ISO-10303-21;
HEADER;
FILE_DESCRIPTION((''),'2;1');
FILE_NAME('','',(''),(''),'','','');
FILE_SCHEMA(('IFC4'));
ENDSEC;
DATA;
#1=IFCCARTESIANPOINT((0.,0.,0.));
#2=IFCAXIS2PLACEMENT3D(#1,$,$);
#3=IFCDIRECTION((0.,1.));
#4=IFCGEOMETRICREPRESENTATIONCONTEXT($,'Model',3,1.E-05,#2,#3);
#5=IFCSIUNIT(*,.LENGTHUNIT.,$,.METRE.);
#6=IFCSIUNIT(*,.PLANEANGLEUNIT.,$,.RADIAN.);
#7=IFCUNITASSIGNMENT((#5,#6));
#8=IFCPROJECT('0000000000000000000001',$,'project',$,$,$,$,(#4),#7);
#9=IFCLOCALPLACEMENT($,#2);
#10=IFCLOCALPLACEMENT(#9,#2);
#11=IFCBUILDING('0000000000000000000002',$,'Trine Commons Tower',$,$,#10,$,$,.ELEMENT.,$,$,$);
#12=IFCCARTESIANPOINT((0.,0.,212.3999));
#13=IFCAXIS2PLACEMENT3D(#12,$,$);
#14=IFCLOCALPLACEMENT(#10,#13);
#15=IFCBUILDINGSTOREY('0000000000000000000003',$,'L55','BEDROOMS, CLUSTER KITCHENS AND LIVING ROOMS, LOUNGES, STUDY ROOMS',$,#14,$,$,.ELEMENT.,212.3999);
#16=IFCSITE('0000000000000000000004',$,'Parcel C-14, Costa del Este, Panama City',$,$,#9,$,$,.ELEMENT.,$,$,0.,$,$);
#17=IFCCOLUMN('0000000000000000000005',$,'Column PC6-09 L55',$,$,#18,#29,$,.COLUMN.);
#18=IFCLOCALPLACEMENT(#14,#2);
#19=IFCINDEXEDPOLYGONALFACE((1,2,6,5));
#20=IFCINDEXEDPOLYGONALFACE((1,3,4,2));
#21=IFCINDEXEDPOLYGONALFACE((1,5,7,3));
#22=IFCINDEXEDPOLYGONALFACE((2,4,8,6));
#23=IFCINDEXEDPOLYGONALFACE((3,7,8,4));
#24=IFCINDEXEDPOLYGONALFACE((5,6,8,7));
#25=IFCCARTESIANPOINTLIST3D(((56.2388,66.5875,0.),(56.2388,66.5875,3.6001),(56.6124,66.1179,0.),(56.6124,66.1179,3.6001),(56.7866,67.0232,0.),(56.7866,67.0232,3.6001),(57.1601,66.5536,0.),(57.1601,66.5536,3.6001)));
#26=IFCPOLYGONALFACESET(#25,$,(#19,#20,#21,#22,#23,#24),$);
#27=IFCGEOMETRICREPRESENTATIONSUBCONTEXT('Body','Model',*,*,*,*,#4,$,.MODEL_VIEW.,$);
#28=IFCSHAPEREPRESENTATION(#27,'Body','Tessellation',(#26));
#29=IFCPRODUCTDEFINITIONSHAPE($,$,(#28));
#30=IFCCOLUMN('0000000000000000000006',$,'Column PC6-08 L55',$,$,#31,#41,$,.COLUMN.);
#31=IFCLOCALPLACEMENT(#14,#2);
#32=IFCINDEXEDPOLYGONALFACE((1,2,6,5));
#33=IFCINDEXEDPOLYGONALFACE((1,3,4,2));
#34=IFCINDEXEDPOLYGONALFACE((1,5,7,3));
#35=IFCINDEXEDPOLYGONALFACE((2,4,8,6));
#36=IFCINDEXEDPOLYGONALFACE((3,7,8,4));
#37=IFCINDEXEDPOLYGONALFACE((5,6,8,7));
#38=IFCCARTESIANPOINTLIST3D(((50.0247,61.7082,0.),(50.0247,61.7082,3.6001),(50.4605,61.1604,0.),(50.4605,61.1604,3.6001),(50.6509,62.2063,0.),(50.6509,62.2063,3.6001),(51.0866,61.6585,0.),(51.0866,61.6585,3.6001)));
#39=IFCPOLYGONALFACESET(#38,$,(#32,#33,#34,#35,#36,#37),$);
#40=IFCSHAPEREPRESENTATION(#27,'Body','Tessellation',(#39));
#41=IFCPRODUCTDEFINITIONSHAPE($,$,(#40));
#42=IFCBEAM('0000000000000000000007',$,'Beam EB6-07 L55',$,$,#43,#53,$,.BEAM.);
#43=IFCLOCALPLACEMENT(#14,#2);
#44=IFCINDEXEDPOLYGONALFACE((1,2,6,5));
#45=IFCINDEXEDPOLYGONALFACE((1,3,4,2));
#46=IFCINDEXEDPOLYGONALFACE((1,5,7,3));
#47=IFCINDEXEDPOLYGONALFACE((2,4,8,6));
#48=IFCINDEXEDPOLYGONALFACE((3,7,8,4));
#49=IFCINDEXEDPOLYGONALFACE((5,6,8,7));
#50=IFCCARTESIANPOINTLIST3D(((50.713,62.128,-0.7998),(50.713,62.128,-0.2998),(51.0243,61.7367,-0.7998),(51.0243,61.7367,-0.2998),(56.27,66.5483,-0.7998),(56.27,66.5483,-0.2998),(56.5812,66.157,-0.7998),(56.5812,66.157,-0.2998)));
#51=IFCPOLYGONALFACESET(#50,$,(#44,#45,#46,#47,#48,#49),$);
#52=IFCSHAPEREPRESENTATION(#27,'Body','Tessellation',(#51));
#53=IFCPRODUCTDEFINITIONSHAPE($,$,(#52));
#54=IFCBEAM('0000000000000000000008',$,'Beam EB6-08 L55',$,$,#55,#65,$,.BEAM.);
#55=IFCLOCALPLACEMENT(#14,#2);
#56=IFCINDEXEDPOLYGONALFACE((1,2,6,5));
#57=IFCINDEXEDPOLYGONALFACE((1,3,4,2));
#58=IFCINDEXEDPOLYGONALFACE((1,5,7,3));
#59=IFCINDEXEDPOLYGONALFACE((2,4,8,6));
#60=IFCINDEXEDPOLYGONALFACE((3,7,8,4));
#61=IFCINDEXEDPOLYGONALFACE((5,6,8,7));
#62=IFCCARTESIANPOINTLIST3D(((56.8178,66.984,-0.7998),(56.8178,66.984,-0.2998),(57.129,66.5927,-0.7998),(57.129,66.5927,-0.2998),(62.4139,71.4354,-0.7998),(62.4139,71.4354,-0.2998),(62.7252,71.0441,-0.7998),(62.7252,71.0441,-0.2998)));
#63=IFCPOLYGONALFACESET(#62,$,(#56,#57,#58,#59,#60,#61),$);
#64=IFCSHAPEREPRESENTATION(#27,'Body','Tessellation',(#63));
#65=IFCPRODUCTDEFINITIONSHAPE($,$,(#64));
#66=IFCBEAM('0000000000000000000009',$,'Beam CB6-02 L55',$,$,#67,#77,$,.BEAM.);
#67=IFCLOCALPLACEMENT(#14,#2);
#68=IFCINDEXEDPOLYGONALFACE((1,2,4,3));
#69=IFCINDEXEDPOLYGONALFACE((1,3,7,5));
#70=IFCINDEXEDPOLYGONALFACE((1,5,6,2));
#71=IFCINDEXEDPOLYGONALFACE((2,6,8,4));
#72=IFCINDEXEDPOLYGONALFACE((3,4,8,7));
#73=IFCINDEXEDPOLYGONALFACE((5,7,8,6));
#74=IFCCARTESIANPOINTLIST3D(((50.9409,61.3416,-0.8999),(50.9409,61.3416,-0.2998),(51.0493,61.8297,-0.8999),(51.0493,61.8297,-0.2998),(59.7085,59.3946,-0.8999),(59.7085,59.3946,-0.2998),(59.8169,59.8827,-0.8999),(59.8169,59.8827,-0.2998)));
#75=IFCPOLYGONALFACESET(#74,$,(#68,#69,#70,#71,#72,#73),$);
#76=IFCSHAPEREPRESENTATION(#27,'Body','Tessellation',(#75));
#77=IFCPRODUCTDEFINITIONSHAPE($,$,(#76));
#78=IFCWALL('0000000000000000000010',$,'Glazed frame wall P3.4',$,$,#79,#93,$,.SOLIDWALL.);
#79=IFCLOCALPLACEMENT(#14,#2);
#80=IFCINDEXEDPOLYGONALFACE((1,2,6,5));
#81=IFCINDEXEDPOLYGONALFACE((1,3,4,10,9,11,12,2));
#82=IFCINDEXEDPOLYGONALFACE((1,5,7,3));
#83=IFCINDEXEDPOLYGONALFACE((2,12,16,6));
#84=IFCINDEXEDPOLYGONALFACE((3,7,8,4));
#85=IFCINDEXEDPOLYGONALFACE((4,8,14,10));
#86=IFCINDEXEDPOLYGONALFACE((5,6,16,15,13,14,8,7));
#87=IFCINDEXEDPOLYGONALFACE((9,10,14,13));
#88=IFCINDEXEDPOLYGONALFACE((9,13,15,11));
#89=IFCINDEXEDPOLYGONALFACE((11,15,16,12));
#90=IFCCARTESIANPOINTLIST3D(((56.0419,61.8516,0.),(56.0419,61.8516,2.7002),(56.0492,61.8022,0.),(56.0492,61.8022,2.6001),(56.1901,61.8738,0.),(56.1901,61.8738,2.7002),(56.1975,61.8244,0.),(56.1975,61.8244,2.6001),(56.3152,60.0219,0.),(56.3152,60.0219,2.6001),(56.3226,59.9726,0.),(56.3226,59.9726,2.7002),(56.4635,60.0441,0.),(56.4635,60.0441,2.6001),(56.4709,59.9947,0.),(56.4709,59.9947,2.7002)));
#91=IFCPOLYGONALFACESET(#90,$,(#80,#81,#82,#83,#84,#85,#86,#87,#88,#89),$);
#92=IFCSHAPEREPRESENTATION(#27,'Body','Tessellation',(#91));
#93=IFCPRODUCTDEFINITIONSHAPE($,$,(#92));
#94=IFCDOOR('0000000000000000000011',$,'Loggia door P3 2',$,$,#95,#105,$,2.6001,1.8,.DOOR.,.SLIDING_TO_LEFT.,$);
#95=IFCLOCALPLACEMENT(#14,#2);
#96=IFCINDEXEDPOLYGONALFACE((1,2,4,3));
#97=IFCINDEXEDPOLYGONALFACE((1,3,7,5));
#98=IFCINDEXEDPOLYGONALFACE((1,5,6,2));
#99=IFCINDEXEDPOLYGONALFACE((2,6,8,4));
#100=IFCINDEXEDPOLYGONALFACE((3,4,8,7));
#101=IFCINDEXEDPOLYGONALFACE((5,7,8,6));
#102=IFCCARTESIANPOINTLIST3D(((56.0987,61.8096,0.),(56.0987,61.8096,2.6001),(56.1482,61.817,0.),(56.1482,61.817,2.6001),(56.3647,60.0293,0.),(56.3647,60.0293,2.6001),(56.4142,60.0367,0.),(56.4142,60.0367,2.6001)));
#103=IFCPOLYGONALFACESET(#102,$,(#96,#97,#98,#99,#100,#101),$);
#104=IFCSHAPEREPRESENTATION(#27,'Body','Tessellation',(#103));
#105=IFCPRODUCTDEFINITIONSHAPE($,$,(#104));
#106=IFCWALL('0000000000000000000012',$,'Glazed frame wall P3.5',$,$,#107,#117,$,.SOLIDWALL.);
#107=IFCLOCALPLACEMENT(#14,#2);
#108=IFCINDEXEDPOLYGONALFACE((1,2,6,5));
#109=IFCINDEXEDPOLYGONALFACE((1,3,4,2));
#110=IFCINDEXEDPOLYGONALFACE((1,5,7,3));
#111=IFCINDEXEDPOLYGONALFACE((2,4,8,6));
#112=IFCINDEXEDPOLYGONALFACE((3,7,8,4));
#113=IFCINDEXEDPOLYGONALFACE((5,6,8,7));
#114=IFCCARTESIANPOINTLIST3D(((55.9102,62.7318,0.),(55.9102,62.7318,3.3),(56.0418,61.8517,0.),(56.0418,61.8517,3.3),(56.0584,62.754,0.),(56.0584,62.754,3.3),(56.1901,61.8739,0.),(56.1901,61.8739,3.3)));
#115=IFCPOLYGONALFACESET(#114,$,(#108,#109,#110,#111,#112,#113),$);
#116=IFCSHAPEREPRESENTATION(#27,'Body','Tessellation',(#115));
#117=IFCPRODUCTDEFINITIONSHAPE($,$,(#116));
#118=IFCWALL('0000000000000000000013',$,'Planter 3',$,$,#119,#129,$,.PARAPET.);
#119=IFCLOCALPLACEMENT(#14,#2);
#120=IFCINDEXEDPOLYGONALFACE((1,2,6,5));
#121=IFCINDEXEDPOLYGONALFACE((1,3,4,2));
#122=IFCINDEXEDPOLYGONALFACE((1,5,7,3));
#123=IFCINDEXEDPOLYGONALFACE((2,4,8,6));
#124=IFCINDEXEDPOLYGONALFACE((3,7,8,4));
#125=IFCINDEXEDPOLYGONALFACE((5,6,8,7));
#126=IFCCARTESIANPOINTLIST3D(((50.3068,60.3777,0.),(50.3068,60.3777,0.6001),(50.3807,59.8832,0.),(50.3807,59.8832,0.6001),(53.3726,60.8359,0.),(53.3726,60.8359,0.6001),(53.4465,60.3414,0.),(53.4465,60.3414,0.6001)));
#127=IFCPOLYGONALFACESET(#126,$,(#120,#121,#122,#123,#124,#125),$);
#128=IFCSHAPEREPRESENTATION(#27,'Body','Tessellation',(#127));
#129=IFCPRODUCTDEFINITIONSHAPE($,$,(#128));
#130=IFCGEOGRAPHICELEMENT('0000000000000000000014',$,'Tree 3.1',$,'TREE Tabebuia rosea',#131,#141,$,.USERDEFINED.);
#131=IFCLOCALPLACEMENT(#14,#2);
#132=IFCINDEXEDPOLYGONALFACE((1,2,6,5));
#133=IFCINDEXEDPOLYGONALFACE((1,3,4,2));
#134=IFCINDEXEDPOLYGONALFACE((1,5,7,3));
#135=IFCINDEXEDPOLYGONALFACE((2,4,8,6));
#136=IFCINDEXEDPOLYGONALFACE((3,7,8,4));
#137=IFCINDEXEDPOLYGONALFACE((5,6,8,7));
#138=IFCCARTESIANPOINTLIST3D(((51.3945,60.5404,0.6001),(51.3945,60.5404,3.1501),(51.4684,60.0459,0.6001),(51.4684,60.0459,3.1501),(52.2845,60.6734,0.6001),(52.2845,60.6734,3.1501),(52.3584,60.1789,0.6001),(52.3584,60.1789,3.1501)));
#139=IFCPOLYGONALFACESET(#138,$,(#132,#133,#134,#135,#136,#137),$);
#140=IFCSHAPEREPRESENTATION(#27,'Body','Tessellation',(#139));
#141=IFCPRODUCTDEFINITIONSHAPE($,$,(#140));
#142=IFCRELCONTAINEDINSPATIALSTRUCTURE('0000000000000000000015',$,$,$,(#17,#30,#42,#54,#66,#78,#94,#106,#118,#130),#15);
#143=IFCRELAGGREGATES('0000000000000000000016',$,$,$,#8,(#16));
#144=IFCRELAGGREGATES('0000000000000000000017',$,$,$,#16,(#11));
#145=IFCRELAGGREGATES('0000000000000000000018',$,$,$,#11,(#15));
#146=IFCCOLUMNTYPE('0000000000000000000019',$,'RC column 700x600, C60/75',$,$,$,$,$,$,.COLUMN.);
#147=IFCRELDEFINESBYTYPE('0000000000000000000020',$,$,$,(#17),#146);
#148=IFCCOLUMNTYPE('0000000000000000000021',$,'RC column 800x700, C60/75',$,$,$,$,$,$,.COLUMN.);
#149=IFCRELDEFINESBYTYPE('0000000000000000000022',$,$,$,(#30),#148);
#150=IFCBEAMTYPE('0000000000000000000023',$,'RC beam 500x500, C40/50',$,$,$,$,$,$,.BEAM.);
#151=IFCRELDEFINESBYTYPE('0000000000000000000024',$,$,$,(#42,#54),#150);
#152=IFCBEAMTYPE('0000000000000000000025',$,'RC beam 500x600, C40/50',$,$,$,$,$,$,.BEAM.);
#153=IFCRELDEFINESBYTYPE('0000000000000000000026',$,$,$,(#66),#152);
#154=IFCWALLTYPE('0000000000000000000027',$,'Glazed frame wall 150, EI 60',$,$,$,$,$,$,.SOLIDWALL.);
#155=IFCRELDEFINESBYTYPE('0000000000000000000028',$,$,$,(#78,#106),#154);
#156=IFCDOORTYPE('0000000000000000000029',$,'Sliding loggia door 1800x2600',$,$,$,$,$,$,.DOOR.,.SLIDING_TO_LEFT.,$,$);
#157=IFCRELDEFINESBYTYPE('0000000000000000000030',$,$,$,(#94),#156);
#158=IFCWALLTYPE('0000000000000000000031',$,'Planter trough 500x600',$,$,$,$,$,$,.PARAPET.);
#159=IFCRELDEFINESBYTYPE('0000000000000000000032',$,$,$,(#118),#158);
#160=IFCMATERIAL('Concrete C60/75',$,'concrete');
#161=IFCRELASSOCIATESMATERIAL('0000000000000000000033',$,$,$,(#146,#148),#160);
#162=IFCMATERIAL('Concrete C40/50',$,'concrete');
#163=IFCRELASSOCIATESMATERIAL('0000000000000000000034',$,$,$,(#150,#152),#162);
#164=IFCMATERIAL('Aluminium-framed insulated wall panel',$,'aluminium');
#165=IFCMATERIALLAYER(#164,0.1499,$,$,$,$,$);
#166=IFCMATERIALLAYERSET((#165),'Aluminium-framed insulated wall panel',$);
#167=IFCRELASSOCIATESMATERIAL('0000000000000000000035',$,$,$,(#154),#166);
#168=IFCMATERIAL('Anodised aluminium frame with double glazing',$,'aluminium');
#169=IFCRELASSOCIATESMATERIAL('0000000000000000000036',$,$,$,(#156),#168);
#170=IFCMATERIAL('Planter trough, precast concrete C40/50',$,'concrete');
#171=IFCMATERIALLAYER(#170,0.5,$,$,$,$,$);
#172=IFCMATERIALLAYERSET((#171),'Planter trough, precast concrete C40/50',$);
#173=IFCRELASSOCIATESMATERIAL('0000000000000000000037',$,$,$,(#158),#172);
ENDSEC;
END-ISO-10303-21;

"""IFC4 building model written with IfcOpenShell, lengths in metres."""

from ifc_helpers import new_model, si_unit, direction, frame, frame_2d, origin, origin_2d, place, context, subcontext, project, spatial, polyline, rectangle, outline, extrude, material, layer, layer_set, material_profile, profile_set, type_object, element, fill, save


model = new_model("IFC4")

# Units and contexts
model_context = context("Model", 3, precision=1e-05, world=origin(), true_north=direction((0.0, 1.0)))
body_context = subcontext(model_context, "Body", "Model", "MODEL_VIEW")
ifc_project = project(units=[si_unit("LENGTHUNIT", "METRE"), si_unit("PLANEANGLEUNIT", "RADIAN")], contexts=[model_context])

# Site, building, storey
site_placement = place(None, origin())
site = spatial("IfcSite", under=ifc_project, at=site_placement, Name="Parcel C-14, Costa del Este, Panama City", CompositionType="ELEMENT", RefElevation=0.0)
building_placement = place(site_placement, origin())
building = spatial("IfcBuilding", under=site, at=building_placement, Name="Trine Commons Tower", CompositionType="ELEMENT")
storey_placement = place(building_placement, frame((0.0, 0.0, 212.3999)))
storey = spatial("IfcBuildingStorey", under=building, at=storey_placement, Name="L55", Description="BEDROOMS, CLUSTER KITCHENS AND LIVING ROOMS, LOUNGES, STUDY ROOMS", CompositionType="ELEMENT", Elevation=212.3999)

# Columns
ifc_material_1 = material(Name="Concrete C60/75", Category="concrete")
ifc_material_profile_1 = material_profile(ifc_material_1, rectangle(XDim=0.7, YDim=0.6001, at=origin_2d()), Name="RC 700x600")
ifc_profile_set_1 = profile_set([ifc_material_profile_1], Name="Concrete C60/75")
column_type_1 = type_object("IfcColumnType", Name="RC column 700x600, C60/75", PredefinedType="COLUMN", material=ifc_profile_set_1)
column_1_placement = place(storey_placement, frame((56.6995, 66.5706, 0.0), z_axis=(0.0, 0.0, 1.0), x_axis=(0.782608, 0.622515, 0.0)))
element("IfcColumn", 1, at=column_1_placement, inside=storey, type_object=column_type_1, Name="Column PC6-09 L55", PredefinedType="COLUMN", context=body_context, shape_type="SweptSolid", body=[
    extrude(rectangle(XDim=0.7, YDim=0.6001, at=origin_2d()), origin(), (0.0, 0.0, 1.0), 3.6001),
])
ifc_material_profile_2 = material_profile(ifc_material_1, rectangle(XDim=0.8, YDim=0.7, at=origin_2d()), Name="RC 800x700")
ifc_profile_set_2 = profile_set([ifc_material_profile_2], Name="Concrete C60/75")
column_type_2 = type_object("IfcColumnType", Name="RC column 800x700, C60/75", PredefinedType="COLUMN", material=ifc_profile_set_2)
column_2_placement = place(storey_placement, frame((50.5557, 61.6833, 0.0), z_axis=(0.0, 0.0, 1.0), x_axis=(0.782608, 0.622515, 0.0)))
element("IfcColumn", 2, at=column_2_placement, inside=storey, type_object=column_type_2, Name="Column PC6-08 L55", PredefinedType="COLUMN", context=body_context, shape_type="SweptSolid", body=[
    extrude(rectangle(XDim=0.8, YDim=0.7, at=origin_2d()), origin(), (0.0, 0.0, 1.0), 3.6001),
])

# Beams
ifc_material_2 = material(Name="Concrete C40/50", Category="concrete")
ifc_material_profile_3 = material_profile(ifc_material_2, rectangle(XDim=0.5, YDim=0.5, at=origin_2d()), Name="RC 500x500")
ifc_profile_set_3 = profile_set([ifc_material_profile_3], Name="Concrete C40/50")
beam_type_1 = type_object("IfcBeamType", Name="RC beam 500x500, C40/50", PredefinedType="BEAM", material=ifc_profile_set_3)
beam_1_placement = place(storey_placement, frame((50.8687, 61.9324, -0.5498), z_axis=(0.782607, 0.622516, 0.0), x_axis=(-0.622516, 0.782607, 0.0)))
element("IfcBeam", 3, at=beam_1_placement, inside=storey, type_object=beam_type_1, Name="Beam EB6-07 L55", PredefinedType="BEAM", context=body_context, shape_type="SweptSolid", body=[
    extrude(rectangle(XDim=0.5, YDim=0.5, at=origin_2d()), origin(), (0.0, 0.0, 1.0), 7.1006),
])
beam_2_placement = place(storey_placement, frame((56.9734, 66.7883, -0.5498), z_axis=(0.782608, 0.622515, 0.0), x_axis=(-0.622515, 0.782608, 0.0)))
element("IfcBeam", 4, at=beam_2_placement, inside=storey, type_object=beam_type_1, Name="Beam EB6-08 L55", PredefinedType="BEAM", context=body_context, shape_type="SweptSolid", body=[
    extrude(rectangle(XDim=0.5, YDim=0.5, at=origin_2d()), origin(), (0.0, 0.0, 1.0), 7.1506),
])
ifc_material_profile_4 = material_profile(ifc_material_2, rectangle(XDim=0.5, YDim=0.6001, at=origin_2d()), Name="RC 500x600")
ifc_profile_set_4 = profile_set([ifc_material_profile_4], Name="Concrete C40/50")
beam_type_2 = type_object("IfcBeamType", Name="RC beam 500x600, C40/50", PredefinedType="BEAM", material=ifc_profile_set_4)
beam_3_placement = place(storey_placement, frame((50.9951, 61.5857, -0.5999), z_axis=(0.976218, -0.216789, 0.0), x_axis=(0.216789, 0.976218, 0.0)))
element("IfcBeam", 5, at=beam_3_placement, inside=storey, type_object=beam_type_2, Name="Beam CB6-02 L55", PredefinedType="BEAM", context=body_context, shape_type="SweptSolid", body=[
    extrude(rectangle(XDim=0.5, YDim=0.6001, at=origin_2d()), origin(), (0.0, 0.0, 1.0), 8.9812),
])

# Shared definitions
ifc_material_3 = material(Name="Aluminium-framed insulated wall panel", Category="aluminium")
ifc_layer_1 = layer(ifc_material_3, 0.1499)
ifc_layer_set_1 = layer_set([ifc_layer_1], Name="Aluminium-framed insulated wall panel")
wall_type_1 = type_object("IfcWallType", Name="Glazed frame wall 150, EI 60", PredefinedType="SOLIDWALL", material=ifc_layer_set_1)
ifc_material_4 = material(Name="Anodised aluminium frame with double glazing", Category="aluminium")
door_type = type_object("IfcDoorType", Name="Sliding loggia door 1800x2600", OperationType="SLIDING_TO_LEFT", PredefinedType="DOOR", material=ifc_material_4)

# Wall, opening, door
wall_1_placement = place(storey_placement, frame((56.3967, 59.9836, 0.0), z_axis=(0.0, 0.0, 1.0), x_axis=(-0.147769, 0.989022, 0.0)))
wall_1 = element("IfcWall", 6, at=wall_1_placement, inside=storey, type_object=wall_type_1, Name="Glazed frame wall P3.4", PredefinedType="SOLIDWALL", context=body_context, shape_type="SweptSolid", body=[
    extrude(outline(polyline([(0.0, -0.075), (1.8999, -0.075), (1.8999, 0.075), (0.0, 0.075), (0.0, -0.075)])), origin(), (0.0, 0.0, 1.0), 2.7002),
])
opening_1_placement = place(wall_1_placement, frame((0.05, 0.0, 0.0)))
opening_1 = element("IfcOpeningElement", 7, at=opening_1_placement, cuts=wall_1, PredefinedType="OPENING", context=body_context, shape_type="SweptSolid", body=[
    extrude(rectangle(XDim=1.8, YDim=2.6001, at=frame_2d((0.8999, 1.3))), frame((0.0, 0.085, 0.0), z_axis=(0.0, -1.0, 0.0), x_axis=(1.0, 0.0, 0.0)), (0.0, 0.0, 1.0), 0.1699),
])
door_1_placement = place(opening_1_placement, origin())
door_1 = element("IfcDoor", 8, at=door_1_placement, inside=storey, type_object=door_type, Name="Loggia door P3 2", OperationType="SLIDING_TO_LEFT", OverallHeight=2.6001, OverallWidth=1.8, PredefinedType="DOOR", context=body_context, shape_type="SweptSolid", body=[
    extrude(rectangle(XDim=1.8, YDim=2.6001, at=frame_2d((0.8999, 1.3))), frame((0.0, 0.0249, 0.0), z_axis=(0.0, -1.0, 0.0), x_axis=(1.0, 0.0, 0.0)), (0.0, 0.0, 1.0), 0.05),
])
fill(opening_1, door_1)

# Walls
wall_2_placement = place(storey_placement, frame((56.116, 61.8628, 0.0), z_axis=(0.0, 0.0, 1.0), x_axis=(-0.147946, 0.988995, 0.0)))
element("IfcWall", 9, at=wall_2_placement, inside=storey, type_object=wall_type_1, Name="Glazed frame wall P3.5", PredefinedType="SOLIDWALL", context=body_context, shape_type="SweptSolid", body=[
    extrude(outline(polyline([(0.8899, 0.075), (0.0, 0.075), (0.0, -0.075), (0.8899, -0.075), (0.8899, 0.075)])), origin(), (0.0, 0.0, 1.0), 3.3),
])
ifc_material_5 = material(Name="Planter trough, precast concrete C40/50", Category="concrete")
ifc_layer_2 = layer(ifc_material_5, 0.5)
ifc_layer_set_2 = layer_set([ifc_layer_2], Name="Planter trough, precast concrete C40/50")
wall_type_2 = type_object("IfcWallType", Name="Planter trough 500x600", PredefinedType="PARAPET", material=ifc_layer_set_2)
wall_3_placement = place(storey_placement, frame((53.4094, 60.5886, 0.0), z_axis=(0.0, 0.0, 1.0), x_axis=(-0.989014, -0.147824, 0.0)))
element("IfcWall", 10, at=wall_3_placement, inside=storey, type_object=wall_type_2, Name="Planter 3", PredefinedType="PARAPET", context=body_context, shape_type="SweptSolid", body=[
    extrude(rectangle(XDim=3.0999, YDim=0.5, at=frame_2d((1.5498, 0.0))), origin(), (0.0, 0.0, 1.0), 0.6001),
])

# Geographic element
geographic_element_placement = place(storey_placement, frame((51.8765, 60.3596, 0.6001), z_axis=(0.0, 0.0, 1.0), x_axis=(-0.989015, -0.147816, 0.0)))
element("IfcGeographicElement", 11, at=geographic_element_placement, inside=storey, Name="Tree 3.1", ObjectType="TREE Tabebuia rosea", PredefinedType="USERDEFINED", context=body_context, shape_type="SweptSolid", body=[
    extrude(rectangle(XDim=0.8999, YDim=0.5, at=origin_2d()), origin(), (0.0, 0.0, 1.0), 2.55),
])

save(model, "model.ifc")
